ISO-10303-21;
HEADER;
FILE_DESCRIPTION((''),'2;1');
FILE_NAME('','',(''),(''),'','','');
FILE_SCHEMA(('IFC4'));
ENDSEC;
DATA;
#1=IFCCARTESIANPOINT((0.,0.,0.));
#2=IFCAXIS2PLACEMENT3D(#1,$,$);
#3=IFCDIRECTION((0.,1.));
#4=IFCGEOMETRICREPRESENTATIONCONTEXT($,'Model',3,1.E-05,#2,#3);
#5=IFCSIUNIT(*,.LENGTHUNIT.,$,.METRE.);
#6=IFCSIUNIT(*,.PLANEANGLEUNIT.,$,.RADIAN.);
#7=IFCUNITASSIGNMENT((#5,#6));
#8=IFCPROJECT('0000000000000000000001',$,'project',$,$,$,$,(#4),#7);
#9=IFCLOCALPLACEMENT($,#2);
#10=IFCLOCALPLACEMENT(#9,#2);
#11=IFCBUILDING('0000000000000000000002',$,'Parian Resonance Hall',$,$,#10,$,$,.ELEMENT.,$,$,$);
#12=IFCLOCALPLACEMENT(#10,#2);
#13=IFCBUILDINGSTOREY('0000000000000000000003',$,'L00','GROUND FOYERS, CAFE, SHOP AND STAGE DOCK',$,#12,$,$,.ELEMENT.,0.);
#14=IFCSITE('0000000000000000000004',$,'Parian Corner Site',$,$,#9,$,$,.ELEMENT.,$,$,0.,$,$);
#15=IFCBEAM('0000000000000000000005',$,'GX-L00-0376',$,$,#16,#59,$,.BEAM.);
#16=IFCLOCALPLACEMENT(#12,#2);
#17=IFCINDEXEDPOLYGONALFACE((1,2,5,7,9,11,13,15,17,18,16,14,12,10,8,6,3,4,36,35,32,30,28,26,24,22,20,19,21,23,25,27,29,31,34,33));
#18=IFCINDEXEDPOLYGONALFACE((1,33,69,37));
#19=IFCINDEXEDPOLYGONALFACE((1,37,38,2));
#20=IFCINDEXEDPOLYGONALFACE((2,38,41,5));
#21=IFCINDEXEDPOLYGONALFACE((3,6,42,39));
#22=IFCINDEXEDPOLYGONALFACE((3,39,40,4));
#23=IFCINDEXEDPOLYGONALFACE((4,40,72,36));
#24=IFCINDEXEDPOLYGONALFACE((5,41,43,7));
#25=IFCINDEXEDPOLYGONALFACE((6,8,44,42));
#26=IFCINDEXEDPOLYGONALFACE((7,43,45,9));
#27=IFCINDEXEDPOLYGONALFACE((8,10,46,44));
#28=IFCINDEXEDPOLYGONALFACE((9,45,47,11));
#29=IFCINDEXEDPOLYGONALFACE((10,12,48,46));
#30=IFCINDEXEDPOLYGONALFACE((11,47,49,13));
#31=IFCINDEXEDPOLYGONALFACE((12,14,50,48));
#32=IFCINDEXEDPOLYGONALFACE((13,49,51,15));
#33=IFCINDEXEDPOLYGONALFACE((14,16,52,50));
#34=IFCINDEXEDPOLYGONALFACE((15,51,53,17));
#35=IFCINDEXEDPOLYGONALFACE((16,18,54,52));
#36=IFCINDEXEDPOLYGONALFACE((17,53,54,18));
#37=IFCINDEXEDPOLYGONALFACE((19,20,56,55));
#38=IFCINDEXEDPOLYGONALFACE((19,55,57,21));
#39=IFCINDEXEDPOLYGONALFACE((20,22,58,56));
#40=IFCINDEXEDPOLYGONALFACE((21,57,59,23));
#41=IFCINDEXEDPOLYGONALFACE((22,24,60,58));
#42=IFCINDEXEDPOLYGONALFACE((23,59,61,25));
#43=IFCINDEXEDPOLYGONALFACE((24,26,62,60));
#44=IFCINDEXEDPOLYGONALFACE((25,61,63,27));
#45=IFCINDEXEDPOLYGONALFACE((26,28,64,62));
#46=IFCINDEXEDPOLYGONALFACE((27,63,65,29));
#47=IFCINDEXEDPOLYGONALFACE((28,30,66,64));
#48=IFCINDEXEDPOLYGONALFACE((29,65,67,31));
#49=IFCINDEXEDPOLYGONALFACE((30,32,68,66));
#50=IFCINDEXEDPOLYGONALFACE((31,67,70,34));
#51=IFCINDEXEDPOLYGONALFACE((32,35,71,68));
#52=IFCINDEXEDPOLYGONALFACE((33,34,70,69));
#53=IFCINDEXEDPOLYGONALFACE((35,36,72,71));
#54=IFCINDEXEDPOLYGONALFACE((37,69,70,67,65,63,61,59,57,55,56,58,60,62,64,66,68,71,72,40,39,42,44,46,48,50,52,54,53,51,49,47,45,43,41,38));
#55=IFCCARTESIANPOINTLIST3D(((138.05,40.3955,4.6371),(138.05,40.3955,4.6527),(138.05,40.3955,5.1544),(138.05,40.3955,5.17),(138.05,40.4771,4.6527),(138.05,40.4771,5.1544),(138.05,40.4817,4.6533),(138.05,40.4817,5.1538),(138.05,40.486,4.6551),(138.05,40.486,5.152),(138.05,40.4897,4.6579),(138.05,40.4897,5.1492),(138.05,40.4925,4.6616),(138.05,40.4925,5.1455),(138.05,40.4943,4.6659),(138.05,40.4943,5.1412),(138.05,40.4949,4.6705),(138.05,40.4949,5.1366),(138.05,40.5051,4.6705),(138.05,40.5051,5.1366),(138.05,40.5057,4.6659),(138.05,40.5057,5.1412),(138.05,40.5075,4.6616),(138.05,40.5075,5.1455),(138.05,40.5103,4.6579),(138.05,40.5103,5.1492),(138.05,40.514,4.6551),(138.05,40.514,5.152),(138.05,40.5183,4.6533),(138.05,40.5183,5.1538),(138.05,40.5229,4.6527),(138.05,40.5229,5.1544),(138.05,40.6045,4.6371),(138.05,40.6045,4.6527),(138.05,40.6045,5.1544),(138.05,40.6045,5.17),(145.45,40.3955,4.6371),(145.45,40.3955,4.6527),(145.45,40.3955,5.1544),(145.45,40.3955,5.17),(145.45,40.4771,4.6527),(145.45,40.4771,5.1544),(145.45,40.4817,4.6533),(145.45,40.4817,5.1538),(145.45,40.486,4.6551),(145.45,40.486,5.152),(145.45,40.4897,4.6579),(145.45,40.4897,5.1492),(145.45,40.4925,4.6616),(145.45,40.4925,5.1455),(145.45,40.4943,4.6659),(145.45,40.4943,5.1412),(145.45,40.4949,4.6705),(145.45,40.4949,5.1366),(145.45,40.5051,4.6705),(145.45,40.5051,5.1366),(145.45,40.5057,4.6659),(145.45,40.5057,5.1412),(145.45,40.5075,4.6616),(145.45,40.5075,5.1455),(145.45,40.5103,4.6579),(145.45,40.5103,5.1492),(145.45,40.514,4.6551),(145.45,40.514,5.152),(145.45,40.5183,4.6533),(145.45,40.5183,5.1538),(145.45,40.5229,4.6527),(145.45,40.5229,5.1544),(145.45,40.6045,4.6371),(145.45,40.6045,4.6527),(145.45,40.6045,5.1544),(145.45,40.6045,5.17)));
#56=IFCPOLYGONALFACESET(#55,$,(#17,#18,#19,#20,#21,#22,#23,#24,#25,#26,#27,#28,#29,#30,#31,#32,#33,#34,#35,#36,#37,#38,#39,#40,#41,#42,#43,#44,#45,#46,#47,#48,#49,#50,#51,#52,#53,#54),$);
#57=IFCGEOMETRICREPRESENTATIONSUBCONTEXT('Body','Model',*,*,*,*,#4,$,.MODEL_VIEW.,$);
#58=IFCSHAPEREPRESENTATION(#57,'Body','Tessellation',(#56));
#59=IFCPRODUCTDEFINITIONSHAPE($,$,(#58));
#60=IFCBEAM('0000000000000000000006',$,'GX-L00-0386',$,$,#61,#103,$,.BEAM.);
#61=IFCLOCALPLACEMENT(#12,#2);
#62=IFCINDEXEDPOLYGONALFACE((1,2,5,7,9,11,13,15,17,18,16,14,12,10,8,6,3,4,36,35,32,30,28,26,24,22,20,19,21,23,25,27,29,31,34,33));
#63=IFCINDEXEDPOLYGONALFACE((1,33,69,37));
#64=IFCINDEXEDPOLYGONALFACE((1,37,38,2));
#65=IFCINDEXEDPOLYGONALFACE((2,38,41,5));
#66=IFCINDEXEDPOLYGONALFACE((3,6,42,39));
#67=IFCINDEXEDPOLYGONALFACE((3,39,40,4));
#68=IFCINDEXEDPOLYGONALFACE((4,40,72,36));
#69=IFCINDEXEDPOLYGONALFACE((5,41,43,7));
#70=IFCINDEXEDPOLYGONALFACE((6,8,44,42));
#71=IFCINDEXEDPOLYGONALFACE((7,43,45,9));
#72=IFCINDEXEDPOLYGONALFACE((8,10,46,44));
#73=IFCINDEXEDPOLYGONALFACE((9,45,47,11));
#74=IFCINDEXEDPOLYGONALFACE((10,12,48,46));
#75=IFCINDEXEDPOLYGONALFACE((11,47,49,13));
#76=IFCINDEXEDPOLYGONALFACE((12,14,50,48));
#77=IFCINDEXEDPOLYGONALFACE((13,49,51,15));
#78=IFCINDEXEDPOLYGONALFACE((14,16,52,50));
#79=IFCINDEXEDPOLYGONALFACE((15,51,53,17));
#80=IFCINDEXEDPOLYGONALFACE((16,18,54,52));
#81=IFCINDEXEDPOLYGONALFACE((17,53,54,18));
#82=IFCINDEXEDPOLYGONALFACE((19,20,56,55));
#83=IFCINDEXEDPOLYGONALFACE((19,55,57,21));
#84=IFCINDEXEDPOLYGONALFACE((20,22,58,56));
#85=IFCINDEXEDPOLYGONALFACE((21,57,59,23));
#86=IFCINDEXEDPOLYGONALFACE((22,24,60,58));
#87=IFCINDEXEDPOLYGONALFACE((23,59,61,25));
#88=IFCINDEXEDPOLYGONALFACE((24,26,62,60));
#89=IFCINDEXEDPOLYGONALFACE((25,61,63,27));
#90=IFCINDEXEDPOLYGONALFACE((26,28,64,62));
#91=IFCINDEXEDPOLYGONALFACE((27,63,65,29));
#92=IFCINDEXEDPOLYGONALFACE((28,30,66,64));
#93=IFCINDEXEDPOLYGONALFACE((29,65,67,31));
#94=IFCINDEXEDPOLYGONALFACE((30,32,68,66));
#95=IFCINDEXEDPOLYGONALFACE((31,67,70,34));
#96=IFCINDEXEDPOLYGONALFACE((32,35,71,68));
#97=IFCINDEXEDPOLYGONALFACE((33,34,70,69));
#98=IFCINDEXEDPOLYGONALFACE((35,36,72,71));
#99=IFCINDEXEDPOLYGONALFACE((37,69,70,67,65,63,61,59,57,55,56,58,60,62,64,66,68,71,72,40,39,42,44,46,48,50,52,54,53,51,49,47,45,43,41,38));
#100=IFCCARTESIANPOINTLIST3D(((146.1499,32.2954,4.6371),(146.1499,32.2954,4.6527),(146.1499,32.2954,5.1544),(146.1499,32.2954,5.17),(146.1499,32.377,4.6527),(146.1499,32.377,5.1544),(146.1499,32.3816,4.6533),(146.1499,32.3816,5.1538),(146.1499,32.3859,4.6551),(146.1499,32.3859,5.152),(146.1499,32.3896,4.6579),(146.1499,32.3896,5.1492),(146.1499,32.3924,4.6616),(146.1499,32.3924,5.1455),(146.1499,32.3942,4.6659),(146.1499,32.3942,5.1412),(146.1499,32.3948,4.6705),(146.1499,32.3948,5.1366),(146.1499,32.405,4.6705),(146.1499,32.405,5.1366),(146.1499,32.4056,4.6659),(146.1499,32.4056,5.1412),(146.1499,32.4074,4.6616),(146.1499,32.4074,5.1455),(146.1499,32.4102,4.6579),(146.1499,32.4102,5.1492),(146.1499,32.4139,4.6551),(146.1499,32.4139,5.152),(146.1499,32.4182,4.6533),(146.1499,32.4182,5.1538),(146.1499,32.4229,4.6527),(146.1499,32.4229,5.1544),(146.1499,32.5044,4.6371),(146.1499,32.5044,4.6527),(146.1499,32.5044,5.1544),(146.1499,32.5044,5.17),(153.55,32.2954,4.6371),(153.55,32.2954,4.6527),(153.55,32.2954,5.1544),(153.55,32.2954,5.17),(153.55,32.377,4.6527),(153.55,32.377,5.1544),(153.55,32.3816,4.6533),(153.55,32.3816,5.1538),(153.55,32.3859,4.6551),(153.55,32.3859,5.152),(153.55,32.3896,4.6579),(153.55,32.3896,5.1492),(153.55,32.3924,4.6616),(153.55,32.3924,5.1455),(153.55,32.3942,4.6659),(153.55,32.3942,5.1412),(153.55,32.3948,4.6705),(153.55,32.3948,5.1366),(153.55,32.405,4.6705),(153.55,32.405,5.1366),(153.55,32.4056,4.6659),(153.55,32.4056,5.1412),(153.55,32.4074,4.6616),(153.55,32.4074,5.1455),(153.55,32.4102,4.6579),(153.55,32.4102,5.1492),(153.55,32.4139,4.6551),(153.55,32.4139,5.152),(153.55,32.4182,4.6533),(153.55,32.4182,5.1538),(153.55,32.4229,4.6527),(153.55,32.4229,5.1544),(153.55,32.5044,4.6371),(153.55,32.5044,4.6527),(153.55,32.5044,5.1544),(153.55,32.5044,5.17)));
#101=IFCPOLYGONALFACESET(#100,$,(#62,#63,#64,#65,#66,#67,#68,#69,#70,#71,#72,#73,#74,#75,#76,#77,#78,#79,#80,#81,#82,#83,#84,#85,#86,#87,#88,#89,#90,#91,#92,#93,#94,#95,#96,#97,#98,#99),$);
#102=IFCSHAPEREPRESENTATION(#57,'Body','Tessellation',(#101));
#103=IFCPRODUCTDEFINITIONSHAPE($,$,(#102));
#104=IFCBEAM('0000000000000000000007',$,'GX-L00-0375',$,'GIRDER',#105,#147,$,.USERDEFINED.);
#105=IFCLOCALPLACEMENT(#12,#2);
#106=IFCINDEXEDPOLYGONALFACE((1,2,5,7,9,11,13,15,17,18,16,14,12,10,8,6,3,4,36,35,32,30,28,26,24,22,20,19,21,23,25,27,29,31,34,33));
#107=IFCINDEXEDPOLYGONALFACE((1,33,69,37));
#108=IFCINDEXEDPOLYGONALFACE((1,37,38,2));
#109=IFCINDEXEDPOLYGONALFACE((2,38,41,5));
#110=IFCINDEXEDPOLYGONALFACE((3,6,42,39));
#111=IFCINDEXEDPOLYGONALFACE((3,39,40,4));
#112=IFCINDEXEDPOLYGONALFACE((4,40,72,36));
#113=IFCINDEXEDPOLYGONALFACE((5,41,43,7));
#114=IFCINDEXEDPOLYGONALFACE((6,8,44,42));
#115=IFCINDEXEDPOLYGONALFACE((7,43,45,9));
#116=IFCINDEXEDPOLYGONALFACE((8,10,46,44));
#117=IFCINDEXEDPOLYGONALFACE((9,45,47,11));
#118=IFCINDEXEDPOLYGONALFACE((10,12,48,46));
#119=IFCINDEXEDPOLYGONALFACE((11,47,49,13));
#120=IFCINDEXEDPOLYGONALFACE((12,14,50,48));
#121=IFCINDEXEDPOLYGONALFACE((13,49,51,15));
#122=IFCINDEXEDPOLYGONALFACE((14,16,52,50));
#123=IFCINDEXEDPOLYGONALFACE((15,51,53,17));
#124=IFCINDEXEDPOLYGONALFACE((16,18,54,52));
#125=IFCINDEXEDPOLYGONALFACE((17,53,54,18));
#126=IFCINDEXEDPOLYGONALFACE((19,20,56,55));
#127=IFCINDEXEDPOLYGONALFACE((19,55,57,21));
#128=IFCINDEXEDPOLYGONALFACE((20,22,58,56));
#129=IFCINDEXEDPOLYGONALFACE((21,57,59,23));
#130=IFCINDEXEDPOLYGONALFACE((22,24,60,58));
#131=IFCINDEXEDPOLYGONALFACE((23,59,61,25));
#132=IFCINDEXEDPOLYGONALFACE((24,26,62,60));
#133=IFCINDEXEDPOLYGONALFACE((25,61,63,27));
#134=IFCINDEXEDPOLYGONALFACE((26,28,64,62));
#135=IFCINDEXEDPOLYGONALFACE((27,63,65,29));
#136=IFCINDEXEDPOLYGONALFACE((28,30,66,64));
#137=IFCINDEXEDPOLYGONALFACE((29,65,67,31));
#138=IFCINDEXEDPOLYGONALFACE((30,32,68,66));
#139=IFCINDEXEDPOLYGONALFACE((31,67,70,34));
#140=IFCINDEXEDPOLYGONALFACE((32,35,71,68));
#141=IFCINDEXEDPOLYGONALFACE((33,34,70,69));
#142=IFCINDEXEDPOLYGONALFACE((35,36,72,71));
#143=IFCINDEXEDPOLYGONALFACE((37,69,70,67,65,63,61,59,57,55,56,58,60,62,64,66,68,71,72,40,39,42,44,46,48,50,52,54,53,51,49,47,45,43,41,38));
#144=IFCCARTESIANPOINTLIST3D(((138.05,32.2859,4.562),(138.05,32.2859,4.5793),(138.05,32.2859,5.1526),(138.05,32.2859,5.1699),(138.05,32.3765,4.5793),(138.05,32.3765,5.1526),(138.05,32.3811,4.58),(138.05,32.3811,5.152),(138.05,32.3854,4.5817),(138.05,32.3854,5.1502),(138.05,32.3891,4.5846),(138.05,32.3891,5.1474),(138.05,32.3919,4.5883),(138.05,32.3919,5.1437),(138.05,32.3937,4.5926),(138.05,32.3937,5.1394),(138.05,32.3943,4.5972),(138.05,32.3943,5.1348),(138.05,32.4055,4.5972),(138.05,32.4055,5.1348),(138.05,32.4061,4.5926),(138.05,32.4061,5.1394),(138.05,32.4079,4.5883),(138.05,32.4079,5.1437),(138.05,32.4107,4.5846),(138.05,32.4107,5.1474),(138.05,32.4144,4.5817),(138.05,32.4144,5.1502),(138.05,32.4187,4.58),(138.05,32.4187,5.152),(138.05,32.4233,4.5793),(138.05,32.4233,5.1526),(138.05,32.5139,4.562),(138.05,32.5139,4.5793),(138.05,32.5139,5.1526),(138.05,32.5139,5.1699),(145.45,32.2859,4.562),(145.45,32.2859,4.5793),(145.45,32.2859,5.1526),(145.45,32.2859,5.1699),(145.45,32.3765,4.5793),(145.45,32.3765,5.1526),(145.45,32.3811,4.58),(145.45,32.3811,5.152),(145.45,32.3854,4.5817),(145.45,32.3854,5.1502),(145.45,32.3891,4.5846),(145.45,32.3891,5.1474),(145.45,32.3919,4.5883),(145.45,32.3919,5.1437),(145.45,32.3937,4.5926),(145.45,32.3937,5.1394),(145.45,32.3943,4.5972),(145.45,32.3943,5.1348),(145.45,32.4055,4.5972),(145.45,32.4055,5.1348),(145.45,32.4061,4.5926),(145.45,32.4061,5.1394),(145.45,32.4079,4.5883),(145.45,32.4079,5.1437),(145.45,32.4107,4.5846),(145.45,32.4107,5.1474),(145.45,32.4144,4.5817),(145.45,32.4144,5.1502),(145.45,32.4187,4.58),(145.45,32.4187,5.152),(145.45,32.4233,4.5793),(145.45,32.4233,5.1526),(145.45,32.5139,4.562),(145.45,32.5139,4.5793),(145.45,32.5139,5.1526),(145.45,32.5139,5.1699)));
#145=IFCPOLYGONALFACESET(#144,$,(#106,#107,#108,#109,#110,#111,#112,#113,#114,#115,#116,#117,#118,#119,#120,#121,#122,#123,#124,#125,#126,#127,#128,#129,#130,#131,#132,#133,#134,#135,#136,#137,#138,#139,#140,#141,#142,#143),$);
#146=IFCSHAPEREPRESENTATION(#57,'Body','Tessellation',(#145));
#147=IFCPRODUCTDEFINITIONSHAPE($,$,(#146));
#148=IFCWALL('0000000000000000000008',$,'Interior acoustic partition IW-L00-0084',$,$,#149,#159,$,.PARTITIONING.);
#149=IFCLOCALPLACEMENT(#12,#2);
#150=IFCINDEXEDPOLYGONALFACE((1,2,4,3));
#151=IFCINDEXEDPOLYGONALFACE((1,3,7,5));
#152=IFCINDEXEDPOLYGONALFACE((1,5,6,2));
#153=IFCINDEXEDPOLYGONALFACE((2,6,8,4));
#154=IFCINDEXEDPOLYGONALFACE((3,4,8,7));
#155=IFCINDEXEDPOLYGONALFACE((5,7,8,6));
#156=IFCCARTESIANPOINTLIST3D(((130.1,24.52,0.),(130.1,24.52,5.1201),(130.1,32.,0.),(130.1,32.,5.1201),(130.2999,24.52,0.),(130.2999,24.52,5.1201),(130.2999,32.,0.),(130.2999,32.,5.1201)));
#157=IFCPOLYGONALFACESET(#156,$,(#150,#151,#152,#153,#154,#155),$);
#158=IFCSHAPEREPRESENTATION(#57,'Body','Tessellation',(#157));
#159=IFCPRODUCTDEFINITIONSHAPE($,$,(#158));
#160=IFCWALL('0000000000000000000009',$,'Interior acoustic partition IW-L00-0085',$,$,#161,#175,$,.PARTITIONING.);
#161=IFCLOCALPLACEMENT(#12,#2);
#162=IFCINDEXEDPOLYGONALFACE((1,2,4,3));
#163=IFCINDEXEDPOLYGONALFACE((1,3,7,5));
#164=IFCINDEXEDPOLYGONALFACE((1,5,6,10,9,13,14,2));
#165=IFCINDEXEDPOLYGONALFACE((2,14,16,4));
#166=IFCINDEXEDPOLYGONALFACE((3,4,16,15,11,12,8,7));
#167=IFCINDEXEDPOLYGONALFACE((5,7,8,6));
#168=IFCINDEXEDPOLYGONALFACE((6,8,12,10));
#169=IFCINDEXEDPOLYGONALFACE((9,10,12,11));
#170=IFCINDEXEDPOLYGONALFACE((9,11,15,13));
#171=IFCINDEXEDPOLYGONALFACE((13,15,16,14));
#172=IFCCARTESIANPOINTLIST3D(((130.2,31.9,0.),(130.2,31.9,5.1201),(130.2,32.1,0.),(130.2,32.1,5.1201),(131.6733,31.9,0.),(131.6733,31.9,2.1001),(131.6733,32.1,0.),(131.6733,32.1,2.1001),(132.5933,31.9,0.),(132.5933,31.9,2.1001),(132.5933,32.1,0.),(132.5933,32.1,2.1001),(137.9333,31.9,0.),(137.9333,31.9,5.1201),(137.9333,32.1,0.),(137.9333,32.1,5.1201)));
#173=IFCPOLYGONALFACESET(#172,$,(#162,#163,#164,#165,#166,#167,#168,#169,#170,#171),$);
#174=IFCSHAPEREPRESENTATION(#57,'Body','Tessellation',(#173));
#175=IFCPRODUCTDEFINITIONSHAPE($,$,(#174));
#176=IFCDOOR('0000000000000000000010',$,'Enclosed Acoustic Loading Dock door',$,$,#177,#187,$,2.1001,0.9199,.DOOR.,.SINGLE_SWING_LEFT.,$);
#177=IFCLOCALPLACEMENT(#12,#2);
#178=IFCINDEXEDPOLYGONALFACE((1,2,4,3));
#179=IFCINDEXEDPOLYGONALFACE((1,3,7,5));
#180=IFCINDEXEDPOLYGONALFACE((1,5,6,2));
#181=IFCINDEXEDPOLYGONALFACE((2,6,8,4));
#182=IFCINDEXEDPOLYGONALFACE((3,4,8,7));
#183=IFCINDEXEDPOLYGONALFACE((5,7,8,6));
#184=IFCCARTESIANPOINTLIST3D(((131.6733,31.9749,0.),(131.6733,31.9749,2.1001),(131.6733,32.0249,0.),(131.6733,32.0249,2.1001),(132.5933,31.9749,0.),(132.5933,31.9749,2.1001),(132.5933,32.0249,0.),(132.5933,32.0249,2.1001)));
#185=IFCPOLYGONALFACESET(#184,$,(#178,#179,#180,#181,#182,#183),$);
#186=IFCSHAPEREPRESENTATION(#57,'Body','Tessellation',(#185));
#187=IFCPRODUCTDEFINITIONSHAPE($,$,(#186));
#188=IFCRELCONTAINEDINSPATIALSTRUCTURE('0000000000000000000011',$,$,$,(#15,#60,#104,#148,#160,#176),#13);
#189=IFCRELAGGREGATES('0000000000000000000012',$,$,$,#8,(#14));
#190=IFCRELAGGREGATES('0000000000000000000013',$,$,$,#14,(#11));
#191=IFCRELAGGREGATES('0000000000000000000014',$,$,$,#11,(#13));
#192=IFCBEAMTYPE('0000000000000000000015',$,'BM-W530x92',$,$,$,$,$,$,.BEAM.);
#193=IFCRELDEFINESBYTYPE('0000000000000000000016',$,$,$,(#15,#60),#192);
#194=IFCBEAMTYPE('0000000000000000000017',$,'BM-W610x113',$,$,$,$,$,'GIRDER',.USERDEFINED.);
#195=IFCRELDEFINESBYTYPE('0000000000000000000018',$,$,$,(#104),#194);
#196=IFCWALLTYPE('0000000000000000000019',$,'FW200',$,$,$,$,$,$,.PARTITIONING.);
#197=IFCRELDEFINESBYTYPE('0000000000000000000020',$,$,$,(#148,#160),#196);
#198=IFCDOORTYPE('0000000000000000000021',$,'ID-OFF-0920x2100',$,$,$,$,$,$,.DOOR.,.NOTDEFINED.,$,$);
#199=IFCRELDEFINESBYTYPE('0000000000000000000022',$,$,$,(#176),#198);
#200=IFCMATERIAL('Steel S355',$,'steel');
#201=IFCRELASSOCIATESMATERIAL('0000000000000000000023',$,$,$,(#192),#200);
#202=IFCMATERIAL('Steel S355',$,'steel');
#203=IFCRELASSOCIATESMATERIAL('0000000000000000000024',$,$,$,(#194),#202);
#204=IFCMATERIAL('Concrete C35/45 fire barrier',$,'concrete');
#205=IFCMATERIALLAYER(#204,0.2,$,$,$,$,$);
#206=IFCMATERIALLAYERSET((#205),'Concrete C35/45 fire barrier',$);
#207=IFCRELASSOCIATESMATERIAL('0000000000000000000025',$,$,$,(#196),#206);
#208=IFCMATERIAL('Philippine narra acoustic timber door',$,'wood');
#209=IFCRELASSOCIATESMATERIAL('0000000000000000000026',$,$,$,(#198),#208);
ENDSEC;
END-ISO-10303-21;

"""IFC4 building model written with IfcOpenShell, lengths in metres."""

from ifc_helpers import new_model, si_unit, direction, frame, frame_2d, origin, origin_2d, place, context, subcontext, project, spatial, rectangle, i_section, extrude, material, layer, layer_set, material_profile, profile_set, type_object, element, fill, save


model = new_model("IFC4")

# Units and contexts
model_context = context("Model", 3, precision=1e-05, world=origin(), true_north=direction((0.0, 1.0)))
body_context = subcontext(model_context, "Body", "Model", "MODEL_VIEW")
ifc_project = project(units=[si_unit("LENGTHUNIT", "METRE"), si_unit("PLANEANGLEUNIT", "RADIAN")], contexts=[model_context])

# Site, building, storey
site_placement = place(None, origin())
site = spatial("IfcSite", under=ifc_project, at=site_placement, Name="Parian Corner Site", CompositionType="ELEMENT", RefElevation=0.0)
building_placement = place(site_placement, origin())
building = spatial("IfcBuilding", under=site, at=building_placement, Name="Parian Resonance Hall", CompositionType="ELEMENT")
storey_placement = place(building_placement, origin())
storey = spatial("IfcBuildingStorey", under=building, at=storey_placement, Name="L00", Description="GROUND FOYERS, CAFE, SHOP AND STAGE DOCK", CompositionType="ELEMENT", Elevation=0.0)

# Beams
ifc_material_1 = material(Name="Steel S355", Category="steel")
ifc_material_profile_1 = material_profile(ifc_material_1, i_section(OverallWidth=0.209, OverallDepth=0.533, WebThickness=0.0103, FlangeThickness=0.0156, FilletRadius=0.0178, at=origin_2d()), Name="W530x92")
ifc_profile_set_1 = profile_set([ifc_material_profile_1], Name="Steel S355")
beam_type_1 = type_object("IfcBeamType", Name="BM-W530x92", PredefinedType="BEAM", material=ifc_profile_set_1)
beam_1_placement = place(storey_placement, frame((138.05, 40.5, 4.9036), z_axis=(1.0, 0.0, 0.0), x_axis=(0.0, 1.0, 0.0)))
element("IfcBeam", 1, at=beam_1_placement, inside=storey, type_object=beam_type_1, Name="GX-L00-0376", PredefinedType="BEAM", context=body_context, shape_type="SweptSolid", body=[
    extrude(i_section(OverallWidth=0.209, OverallDepth=0.533, WebThickness=0.0103, FlangeThickness=0.0156, FilletRadius=0.0178, at=origin_2d()), origin(), (0.0, 0.0, 1.0), 7.3999),
])
beam_2_placement = place(storey_placement, frame((146.1499, 32.3999, 4.9036), z_axis=(1.0, 0.0, 0.0), x_axis=(0.0, 1.0, 0.0)))
element("IfcBeam", 2, at=beam_2_placement, inside=storey, type_object=beam_type_1, Name="GX-L00-0386", PredefinedType="BEAM", context=body_context, shape_type="SweptSolid", body=[
    extrude(i_section(OverallWidth=0.209, OverallDepth=0.533, WebThickness=0.0103, FlangeThickness=0.0156, FilletRadius=0.0178, at=origin_2d()), origin(), (0.0, 0.0, 1.0), 7.4001),
])
ifc_material_2 = material(Name="Steel S355", Category="steel")
ifc_material_profile_2 = material_profile(ifc_material_2, i_section(OverallWidth=0.228, OverallDepth=0.6079, WebThickness=0.0112, FlangeThickness=0.0173, FilletRadius=0.0178, at=origin_2d()), Name="W610x113")
ifc_profile_set_2 = profile_set([ifc_material_profile_2], Name="Steel S355")
beam_type_2 = type_object("IfcBeamType", Name="BM-W610x113", ElementType="GIRDER", PredefinedType="USERDEFINED", material=ifc_profile_set_2)
beam_3_placement = place(storey_placement, frame((138.05, 32.3999, 4.866), z_axis=(1.0, 0.0, 0.0), x_axis=(0.0, 1.0, 0.0)))
element("IfcBeam", 3, at=beam_3_placement, inside=storey, type_object=beam_type_2, Name="GX-L00-0375", ObjectType="GIRDER", PredefinedType="USERDEFINED", context=body_context, shape_type="SweptSolid", body=[
    extrude(i_section(OverallWidth=0.228, OverallDepth=0.6079, WebThickness=0.0112, FlangeThickness=0.0173, FilletRadius=0.0178, at=origin_2d()), origin(), (0.0, 0.0, 1.0), 7.3999),
])

# Wall
ifc_material_3 = material(Name="Concrete C35/45 fire barrier", Category="concrete")
ifc_layer_1 = layer(ifc_material_3, 0.2)
ifc_layer_set_1 = layer_set([ifc_layer_1], Name="Concrete C35/45 fire barrier")
wall_type_1 = type_object("IfcWallType", Name="FW200", PredefinedType="PARTITIONING", material=ifc_layer_set_1)
wall_1_placement = place(storey_placement, frame((130.2, 24.52, 0.0), z_axis=(0.0, 0.0, 1.0), x_axis=(0.0, 1.0, 0.0)))
element("IfcWall", 4, at=wall_1_placement, inside=storey, type_object=wall_type_1, Name="Interior acoustic partition IW-L00-0084", PredefinedType="PARTITIONING", context=body_context, shape_type="SweptSolid", body=[
    extrude(rectangle(XDim=7.48, YDim=0.2, at=frame_2d((3.74, 0.0))), origin(), (0.0, 0.0, 1.0), 5.1201),
])

# Wall, opening, door
wall_2_placement = place(storey_placement, frame((130.2, 32.0, 0.0), z_axis=(0.0, 0.0, 1.0), x_axis=(1.0, 0.0, 0.0)))
wall_2 = element("IfcWall", 5, at=wall_2_placement, inside=storey, type_object=wall_type_1, Name="Interior acoustic partition IW-L00-0085", PredefinedType="PARTITIONING", context=body_context, shape_type="SweptSolid", body=[
    extrude(rectangle(XDim=7.7334, YDim=0.2, at=frame_2d((3.8667, 0.0))), origin(), (0.0, 0.0, 1.0), 5.1201),
])
opening_1_placement = place(wall_2_placement, frame((1.4734, 0.0, 0.0)))
opening_1 = element("IfcOpeningElement", 6, at=opening_1_placement, cuts=wall_2, PredefinedType="OPENING", context=body_context, shape_type="SweptSolid", body=[
    extrude(rectangle(XDim=0.9199, YDim=2.1001, at=frame_2d((0.46, 1.05))), frame((0.0, 0.1099, 0.0), z_axis=(0.0, -1.0, 0.0), x_axis=(1.0, 0.0, 0.0)), (0.0, 0.0, 1.0), 0.22),
])
ifc_material_4 = material(Name="Philippine narra acoustic timber door", Category="wood")
door_type_1 = type_object("IfcDoorType", Name="ID-OFF-0920x2100", OperationType="NOTDEFINED", PredefinedType="DOOR", material=ifc_material_4)
door_1_placement = place(opening_1_placement, origin())
door_1 = element("IfcDoor", 7, at=door_1_placement, inside=storey, type_object=door_type_1, Name="Enclosed Acoustic Loading Dock door", OperationType="SINGLE_SWING_LEFT", OverallHeight=2.1001, OverallWidth=0.9199, PredefinedType="DOOR", context=body_context, shape_type="SweptSolid", body=[
    extrude(rectangle(XDim=0.9199, YDim=2.1001, at=frame_2d((0.46, 1.05))), frame((0.0, 0.0249, 0.0), z_axis=(0.0, -1.0, 0.0), x_axis=(1.0, 0.0, 0.0)), (0.0, 0.0, 1.0), 0.05),
])
fill(opening_1, door_1)

save(model, "model.ifc")
